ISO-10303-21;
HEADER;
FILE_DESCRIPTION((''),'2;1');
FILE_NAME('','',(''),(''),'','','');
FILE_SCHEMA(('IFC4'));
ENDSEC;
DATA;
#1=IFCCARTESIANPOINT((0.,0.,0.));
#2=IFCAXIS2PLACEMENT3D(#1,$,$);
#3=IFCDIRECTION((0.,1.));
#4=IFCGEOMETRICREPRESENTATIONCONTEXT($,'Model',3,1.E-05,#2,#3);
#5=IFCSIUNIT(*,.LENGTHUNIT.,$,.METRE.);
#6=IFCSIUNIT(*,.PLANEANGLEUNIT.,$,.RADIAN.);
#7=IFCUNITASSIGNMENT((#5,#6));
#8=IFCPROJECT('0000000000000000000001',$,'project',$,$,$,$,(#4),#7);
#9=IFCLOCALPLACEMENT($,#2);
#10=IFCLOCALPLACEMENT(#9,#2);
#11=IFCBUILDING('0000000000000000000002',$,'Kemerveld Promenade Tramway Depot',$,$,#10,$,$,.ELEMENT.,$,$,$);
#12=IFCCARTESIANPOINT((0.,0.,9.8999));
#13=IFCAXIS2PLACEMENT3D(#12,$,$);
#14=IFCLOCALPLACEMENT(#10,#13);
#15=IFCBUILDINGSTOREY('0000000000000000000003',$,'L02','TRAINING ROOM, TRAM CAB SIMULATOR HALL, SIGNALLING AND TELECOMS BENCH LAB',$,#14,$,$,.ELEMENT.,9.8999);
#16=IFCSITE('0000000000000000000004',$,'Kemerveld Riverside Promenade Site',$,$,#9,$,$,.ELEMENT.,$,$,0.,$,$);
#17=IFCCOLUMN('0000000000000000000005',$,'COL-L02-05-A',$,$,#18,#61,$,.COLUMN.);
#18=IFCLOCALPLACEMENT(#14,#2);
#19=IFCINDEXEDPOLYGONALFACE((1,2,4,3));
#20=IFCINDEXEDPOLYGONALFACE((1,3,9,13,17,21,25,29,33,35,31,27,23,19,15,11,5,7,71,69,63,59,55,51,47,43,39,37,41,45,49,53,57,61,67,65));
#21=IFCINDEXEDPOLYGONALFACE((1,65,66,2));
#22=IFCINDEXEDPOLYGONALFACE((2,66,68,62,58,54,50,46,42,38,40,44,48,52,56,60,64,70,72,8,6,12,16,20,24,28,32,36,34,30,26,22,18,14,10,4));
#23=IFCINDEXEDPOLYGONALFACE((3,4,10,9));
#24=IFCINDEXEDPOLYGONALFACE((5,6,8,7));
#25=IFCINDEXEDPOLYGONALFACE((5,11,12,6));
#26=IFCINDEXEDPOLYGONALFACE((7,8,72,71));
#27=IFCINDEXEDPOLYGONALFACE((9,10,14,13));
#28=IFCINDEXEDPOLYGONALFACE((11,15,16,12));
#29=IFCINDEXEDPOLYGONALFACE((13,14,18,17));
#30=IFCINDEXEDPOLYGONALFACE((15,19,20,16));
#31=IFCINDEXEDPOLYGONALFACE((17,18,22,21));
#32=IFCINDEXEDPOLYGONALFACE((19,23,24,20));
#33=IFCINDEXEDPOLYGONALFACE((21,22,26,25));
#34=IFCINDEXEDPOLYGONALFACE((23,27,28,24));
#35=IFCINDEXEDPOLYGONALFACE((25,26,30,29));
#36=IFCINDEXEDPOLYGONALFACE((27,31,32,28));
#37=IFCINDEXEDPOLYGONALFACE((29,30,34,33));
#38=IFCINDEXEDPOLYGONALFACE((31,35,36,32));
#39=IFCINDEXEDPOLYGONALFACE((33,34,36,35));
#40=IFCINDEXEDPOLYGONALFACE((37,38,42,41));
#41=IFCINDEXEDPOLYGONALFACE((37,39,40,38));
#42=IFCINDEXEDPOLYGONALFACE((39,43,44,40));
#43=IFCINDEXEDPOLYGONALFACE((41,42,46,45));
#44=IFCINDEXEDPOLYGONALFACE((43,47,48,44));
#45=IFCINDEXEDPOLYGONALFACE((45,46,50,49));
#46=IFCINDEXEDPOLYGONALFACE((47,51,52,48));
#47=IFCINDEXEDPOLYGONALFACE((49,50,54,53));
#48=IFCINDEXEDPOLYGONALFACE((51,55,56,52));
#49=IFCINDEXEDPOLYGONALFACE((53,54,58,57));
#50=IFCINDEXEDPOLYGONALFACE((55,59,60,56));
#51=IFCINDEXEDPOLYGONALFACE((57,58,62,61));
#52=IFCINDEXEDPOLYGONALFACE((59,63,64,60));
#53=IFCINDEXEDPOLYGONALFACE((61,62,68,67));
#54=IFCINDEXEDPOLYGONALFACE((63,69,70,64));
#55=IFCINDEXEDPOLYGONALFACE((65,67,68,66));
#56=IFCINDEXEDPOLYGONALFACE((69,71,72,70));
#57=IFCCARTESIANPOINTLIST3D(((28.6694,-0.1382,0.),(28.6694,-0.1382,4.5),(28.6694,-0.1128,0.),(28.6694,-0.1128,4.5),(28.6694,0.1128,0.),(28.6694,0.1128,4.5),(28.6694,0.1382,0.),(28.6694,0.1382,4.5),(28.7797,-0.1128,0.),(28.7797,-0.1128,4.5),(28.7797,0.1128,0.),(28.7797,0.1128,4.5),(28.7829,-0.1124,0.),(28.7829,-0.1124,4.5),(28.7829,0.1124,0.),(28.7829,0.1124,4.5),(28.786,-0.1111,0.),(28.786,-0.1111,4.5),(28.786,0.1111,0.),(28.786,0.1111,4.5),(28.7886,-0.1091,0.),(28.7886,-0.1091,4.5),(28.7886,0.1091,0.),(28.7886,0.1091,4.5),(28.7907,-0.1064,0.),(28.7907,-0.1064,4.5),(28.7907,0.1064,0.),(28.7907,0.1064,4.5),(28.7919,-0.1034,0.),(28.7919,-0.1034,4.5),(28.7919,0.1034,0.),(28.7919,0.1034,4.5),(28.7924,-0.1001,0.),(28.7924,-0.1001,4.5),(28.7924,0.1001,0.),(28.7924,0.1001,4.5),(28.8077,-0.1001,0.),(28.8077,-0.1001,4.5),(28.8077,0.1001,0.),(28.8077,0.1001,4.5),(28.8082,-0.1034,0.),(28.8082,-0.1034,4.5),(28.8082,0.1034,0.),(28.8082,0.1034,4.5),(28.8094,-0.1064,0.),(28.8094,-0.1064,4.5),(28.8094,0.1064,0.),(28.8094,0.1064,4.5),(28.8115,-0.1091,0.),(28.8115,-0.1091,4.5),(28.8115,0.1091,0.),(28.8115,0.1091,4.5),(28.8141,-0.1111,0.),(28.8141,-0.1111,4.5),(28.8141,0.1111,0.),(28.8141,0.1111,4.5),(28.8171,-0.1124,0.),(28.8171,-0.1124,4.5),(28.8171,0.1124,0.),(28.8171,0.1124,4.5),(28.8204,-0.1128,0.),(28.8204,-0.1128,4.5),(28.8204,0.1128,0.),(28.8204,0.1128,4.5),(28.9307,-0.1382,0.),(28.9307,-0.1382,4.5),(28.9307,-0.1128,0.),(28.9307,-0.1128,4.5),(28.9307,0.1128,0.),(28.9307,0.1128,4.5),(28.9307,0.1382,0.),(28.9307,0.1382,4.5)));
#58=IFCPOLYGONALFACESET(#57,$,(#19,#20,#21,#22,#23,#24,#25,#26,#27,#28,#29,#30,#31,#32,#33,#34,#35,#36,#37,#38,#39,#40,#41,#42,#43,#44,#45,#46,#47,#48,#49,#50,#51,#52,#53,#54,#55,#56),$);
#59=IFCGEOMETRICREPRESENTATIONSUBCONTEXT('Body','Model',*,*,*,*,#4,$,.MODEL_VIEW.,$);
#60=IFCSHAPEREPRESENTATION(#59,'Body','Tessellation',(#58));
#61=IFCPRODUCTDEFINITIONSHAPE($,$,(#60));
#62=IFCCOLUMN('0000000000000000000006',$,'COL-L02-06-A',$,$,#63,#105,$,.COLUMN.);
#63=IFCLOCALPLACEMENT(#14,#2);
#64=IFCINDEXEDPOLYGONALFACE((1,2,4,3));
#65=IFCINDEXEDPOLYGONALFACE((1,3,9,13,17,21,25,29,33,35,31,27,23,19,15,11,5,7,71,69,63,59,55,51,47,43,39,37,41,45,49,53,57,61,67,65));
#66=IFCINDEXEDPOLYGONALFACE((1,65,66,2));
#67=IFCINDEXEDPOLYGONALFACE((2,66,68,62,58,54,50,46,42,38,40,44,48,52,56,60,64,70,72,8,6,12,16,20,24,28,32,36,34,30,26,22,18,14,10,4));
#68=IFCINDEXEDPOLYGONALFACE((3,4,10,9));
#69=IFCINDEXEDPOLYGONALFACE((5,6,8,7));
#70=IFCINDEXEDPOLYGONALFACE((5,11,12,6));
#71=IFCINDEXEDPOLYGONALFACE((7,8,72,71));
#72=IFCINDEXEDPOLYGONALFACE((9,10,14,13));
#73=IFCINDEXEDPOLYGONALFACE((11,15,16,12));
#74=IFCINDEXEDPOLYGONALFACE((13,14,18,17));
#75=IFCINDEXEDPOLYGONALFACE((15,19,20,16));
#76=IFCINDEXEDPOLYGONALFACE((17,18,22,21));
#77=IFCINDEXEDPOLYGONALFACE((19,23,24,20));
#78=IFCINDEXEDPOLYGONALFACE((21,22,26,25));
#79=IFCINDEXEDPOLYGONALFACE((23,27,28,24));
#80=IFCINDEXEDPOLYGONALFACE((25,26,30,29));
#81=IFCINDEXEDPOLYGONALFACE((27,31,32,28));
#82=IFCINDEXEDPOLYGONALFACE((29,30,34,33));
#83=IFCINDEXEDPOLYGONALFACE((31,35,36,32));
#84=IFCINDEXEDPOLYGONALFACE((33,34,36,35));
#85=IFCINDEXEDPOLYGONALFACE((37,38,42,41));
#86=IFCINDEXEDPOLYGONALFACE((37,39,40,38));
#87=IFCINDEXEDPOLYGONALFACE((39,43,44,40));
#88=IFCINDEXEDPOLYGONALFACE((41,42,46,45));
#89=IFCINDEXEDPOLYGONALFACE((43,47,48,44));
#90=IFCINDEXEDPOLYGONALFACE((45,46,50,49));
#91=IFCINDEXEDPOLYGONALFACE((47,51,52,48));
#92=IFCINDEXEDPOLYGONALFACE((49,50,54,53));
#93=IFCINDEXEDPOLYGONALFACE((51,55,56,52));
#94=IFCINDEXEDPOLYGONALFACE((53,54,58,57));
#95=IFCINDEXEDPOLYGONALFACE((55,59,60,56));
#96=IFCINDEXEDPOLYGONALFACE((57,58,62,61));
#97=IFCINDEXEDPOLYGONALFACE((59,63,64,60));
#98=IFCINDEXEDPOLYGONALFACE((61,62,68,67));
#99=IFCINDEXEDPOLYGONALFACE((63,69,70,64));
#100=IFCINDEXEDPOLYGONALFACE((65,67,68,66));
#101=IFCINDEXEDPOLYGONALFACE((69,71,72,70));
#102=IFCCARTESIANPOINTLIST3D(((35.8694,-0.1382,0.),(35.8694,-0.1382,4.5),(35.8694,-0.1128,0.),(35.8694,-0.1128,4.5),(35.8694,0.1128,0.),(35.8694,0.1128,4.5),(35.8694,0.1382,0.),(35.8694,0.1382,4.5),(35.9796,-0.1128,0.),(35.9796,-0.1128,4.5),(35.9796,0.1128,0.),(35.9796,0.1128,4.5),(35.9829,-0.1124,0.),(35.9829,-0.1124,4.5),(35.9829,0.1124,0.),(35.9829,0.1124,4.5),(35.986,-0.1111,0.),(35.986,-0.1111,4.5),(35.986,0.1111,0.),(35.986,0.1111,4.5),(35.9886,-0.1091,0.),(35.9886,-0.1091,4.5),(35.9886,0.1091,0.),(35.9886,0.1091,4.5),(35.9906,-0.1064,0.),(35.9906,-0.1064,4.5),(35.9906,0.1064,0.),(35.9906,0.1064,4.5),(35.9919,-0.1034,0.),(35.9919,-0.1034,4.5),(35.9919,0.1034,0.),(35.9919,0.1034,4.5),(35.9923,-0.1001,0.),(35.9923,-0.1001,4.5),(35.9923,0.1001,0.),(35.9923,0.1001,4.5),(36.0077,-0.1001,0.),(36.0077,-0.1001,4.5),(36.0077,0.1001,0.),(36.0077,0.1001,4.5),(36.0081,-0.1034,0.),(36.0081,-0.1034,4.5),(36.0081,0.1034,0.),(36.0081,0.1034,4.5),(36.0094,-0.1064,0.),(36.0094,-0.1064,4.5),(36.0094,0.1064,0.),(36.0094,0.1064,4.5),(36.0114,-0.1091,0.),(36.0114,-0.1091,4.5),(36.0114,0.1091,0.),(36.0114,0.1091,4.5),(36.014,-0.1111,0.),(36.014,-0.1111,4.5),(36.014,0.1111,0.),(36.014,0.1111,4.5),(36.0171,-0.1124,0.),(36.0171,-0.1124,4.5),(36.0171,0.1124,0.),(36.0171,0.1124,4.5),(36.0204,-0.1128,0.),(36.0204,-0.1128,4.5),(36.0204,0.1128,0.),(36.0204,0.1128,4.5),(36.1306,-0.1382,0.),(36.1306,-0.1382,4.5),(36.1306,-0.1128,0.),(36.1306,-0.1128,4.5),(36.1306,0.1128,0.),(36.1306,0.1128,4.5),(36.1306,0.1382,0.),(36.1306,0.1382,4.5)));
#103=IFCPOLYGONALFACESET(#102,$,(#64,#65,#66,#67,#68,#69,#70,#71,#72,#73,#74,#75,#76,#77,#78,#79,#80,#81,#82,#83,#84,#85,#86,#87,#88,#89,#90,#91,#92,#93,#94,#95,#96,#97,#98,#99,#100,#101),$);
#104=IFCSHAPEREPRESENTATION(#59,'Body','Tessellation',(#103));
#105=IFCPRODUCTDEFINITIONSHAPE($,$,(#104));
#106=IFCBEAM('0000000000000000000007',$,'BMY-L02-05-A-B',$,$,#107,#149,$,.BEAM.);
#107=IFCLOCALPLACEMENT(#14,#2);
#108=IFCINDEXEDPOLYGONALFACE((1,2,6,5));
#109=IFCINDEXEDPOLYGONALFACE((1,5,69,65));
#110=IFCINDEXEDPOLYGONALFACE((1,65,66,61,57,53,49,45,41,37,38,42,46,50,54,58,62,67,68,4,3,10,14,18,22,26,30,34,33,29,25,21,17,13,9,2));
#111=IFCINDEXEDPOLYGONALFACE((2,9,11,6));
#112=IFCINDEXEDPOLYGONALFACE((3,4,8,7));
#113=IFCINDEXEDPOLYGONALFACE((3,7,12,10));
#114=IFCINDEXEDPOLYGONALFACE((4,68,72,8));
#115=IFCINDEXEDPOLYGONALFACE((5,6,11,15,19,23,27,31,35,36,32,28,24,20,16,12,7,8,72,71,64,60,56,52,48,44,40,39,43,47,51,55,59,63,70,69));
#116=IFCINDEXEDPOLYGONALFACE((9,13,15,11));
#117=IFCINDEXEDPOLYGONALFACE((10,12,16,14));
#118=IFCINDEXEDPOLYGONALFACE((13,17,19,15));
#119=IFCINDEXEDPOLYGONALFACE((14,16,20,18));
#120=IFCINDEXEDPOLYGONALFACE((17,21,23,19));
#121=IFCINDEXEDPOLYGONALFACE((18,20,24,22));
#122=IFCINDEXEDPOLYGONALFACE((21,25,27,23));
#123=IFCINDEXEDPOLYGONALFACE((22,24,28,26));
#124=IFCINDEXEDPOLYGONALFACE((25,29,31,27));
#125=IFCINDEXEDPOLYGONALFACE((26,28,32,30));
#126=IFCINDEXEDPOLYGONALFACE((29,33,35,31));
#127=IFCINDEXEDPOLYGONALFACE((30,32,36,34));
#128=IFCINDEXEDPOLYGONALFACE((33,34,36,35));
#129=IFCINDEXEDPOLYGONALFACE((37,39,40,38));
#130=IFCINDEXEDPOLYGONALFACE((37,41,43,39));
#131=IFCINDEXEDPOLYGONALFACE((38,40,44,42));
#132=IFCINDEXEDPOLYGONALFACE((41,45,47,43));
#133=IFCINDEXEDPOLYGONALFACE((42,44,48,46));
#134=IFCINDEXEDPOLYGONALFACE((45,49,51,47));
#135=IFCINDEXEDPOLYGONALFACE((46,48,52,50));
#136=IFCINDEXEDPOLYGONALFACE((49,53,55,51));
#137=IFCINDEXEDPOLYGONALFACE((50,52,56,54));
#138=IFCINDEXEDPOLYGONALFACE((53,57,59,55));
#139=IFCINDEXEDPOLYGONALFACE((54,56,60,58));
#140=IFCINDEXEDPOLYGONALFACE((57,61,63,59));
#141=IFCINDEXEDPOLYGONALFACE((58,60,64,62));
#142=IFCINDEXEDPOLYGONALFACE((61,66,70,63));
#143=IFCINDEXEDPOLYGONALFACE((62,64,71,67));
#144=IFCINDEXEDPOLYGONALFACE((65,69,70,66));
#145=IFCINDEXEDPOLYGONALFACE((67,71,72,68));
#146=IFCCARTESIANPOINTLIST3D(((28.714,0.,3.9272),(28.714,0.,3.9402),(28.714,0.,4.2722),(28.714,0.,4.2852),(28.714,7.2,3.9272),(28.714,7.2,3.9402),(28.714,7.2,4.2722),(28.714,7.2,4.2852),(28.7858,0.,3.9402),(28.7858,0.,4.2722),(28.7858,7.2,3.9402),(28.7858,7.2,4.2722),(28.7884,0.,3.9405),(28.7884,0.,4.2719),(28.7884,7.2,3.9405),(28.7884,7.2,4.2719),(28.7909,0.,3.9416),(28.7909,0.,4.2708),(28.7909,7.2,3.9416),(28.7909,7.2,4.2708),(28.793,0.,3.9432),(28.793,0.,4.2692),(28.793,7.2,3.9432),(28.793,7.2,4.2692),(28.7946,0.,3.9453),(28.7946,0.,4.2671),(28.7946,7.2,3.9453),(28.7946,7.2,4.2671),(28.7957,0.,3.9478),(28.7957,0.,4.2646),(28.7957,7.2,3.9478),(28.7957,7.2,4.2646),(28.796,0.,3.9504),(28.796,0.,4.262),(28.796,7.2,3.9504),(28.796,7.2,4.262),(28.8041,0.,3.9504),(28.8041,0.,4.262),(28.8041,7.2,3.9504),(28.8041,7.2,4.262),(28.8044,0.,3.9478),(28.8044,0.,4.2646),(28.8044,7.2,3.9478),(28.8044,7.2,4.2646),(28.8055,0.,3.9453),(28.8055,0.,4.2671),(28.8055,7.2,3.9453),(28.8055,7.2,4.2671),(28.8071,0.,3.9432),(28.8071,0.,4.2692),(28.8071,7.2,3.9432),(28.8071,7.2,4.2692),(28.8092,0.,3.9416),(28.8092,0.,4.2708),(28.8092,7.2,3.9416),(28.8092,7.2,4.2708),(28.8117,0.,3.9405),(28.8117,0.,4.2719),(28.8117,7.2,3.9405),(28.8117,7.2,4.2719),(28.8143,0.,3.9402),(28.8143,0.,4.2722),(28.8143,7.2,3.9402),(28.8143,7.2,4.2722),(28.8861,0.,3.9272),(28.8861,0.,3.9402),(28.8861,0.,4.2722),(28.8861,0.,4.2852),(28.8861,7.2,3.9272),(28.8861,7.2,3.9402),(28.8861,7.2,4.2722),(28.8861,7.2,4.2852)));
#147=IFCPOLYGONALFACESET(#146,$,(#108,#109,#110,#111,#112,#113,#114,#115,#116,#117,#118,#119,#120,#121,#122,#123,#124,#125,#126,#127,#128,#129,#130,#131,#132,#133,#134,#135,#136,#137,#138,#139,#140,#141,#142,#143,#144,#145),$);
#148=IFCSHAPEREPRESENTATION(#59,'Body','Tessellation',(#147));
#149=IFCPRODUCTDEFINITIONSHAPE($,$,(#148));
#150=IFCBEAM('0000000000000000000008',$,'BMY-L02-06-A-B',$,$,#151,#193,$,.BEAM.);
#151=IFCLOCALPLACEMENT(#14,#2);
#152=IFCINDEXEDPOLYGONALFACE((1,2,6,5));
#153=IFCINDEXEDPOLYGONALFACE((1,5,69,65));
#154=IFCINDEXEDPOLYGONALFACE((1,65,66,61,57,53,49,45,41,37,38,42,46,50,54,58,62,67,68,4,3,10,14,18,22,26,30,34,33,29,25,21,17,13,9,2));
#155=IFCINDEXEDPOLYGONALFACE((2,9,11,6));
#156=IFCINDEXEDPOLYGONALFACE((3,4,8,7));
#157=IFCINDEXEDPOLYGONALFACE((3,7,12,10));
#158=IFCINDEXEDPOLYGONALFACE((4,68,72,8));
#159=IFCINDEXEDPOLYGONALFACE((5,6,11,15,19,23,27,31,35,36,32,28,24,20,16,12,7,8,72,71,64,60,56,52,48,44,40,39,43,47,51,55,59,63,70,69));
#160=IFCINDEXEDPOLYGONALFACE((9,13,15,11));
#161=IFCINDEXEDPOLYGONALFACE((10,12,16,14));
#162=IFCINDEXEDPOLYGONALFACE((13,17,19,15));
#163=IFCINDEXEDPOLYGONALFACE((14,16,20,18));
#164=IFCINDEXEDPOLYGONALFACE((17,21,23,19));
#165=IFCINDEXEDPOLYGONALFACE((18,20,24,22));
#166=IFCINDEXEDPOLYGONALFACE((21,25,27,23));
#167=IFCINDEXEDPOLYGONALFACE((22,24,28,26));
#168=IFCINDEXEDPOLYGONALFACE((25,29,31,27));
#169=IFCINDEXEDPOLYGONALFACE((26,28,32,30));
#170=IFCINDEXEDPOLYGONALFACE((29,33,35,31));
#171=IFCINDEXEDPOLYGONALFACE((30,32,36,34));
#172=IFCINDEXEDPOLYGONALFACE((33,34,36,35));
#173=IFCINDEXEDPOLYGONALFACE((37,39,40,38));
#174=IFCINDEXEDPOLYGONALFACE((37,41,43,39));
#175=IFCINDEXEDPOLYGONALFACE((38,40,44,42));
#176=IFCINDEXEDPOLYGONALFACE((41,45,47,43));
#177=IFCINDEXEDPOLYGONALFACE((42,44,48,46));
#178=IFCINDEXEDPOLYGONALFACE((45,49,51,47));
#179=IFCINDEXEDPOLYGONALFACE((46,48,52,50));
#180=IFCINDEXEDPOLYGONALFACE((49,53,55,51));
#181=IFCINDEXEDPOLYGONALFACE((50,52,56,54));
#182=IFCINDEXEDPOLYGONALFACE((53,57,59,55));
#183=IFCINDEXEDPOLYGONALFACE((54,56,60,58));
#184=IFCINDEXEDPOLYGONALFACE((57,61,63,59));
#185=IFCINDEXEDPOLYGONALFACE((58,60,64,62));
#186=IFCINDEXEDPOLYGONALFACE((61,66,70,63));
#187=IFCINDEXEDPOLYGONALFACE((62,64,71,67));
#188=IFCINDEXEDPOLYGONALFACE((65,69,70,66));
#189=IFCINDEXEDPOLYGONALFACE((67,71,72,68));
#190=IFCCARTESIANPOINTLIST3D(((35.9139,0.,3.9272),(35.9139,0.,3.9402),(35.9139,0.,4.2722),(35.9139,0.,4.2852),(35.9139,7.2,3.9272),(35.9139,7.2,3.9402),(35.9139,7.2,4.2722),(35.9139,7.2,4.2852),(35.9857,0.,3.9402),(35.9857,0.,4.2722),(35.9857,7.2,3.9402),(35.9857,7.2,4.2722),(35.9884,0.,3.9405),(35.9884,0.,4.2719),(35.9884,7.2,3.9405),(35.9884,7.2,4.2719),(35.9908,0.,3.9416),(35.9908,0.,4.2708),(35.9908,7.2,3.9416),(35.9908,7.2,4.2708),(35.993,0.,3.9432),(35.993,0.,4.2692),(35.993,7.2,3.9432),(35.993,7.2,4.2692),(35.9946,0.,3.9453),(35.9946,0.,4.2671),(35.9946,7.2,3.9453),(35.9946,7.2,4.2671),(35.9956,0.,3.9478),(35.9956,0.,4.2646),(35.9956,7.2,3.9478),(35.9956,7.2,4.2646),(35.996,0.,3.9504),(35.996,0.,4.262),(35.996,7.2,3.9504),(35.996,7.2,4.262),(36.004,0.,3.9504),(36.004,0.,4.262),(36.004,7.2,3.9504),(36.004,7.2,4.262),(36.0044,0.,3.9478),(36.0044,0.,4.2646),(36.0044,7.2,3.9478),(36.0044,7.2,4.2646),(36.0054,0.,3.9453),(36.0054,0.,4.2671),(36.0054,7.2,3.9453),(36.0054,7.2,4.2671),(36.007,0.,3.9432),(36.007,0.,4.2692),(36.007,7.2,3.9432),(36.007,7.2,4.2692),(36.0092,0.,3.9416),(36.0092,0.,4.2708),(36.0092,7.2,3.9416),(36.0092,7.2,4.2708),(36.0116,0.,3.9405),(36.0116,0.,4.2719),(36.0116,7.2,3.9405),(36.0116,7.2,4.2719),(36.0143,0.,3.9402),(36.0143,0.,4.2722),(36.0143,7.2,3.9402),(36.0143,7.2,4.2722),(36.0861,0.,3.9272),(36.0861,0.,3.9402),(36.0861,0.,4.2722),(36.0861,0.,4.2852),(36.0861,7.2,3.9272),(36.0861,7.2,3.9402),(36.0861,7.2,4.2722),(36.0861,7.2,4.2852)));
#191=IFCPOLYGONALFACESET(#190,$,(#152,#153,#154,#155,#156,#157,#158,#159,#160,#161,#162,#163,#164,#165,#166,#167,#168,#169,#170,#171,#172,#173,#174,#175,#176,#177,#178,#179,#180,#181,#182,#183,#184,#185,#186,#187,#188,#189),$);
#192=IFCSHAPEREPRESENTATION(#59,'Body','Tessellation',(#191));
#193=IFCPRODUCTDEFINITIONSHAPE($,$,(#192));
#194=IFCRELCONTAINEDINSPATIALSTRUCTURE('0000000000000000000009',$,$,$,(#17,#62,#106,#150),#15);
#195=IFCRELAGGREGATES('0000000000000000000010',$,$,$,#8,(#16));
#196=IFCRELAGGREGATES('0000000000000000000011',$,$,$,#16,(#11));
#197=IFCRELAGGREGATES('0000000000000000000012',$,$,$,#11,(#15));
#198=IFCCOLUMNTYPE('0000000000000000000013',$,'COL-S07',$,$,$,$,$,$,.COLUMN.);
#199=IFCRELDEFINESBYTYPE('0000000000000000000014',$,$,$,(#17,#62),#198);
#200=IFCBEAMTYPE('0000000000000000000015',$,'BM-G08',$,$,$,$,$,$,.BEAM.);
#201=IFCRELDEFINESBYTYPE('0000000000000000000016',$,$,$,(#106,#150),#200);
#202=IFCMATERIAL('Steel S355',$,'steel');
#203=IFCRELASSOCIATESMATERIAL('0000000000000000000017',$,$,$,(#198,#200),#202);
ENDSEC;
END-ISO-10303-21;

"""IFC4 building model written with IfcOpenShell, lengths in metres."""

from ifc_helpers import new_model, si_unit, direction, frame, origin, origin_2d, place, context, subcontext, project, spatial, i_section, extrude, material, material_profile, profile_set, type_object, element, save


model = new_model("IFC4")

# Units and contexts
model_context = context("Model", 3, precision=1e-05, world=origin(), true_north=direction((0.0, 1.0)))
body_context = subcontext(model_context, "Body", "Model", "MODEL_VIEW")
ifc_project = project(units=[si_unit("LENGTHUNIT", "METRE"), si_unit("PLANEANGLEUNIT", "RADIAN")], contexts=[model_context])

# Site, building, storey
site_placement = place(None, origin())
site = spatial("IfcSite", under=ifc_project, at=site_placement, Name="Kemerveld Riverside Promenade Site", CompositionType="ELEMENT", RefElevation=0.0)
building_placement = place(site_placement, origin())
building = spatial("IfcBuilding", under=site, at=building_placement, Name="Kemerveld Promenade Tramway Depot", CompositionType="ELEMENT")
storey_placement = place(building_placement, frame((0.0, 0.0, 9.8999)))
storey = spatial("IfcBuildingStorey", under=building, at=storey_placement, Name="L02", Description="TRAINING ROOM, TRAM CAB SIMULATOR HALL, SIGNALLING AND TELECOMS BENCH LAB", CompositionType="ELEMENT", Elevation=9.8999)

# Columns
ifc_material_1 = material(Name="Steel S355", Category="steel")
ifc_material_profile_1 = material_profile(ifc_material_1, i_section(OverallWidth=0.2612, OverallDepth=0.2764, WebThickness=0.0154, FlangeThickness=0.0254, FilletRadius=0.0127, at=origin_2d()), Name="254x254x132 UC")
ifc_profile_set_1 = profile_set([ifc_material_profile_1], Name="Steel S355")
column_type = type_object("IfcColumnType", Name="COL-S07", PredefinedType="COLUMN", material=ifc_profile_set_1)
for number, where, z_axis, x_axis, name in (
    (1, (28.8, 0.0, 0.0), (0.0, 0.0, 1.0), (1.0, 0.0, 0.0), "COL-L02-05-A"),
    (2, (36.0, 0.0, 0.0), (0.0, 0.0, 1.0), (1.0, 0.0, 0.0), "COL-L02-06-A"),
):
    element("IfcColumn", number, at=place(storey_placement, frame(where, z_axis=z_axis, x_axis=x_axis)), inside=storey, type_object=column_type, Name=name, PredefinedType="COLUMN", context=body_context, shape_type="SweptSolid", body=[
        extrude(i_section(OverallWidth=0.2612, OverallDepth=0.2764, WebThickness=0.0154, FlangeThickness=0.0254, FilletRadius=0.0127, at=origin_2d()), origin(), (0.0, 0.0, 1.0), 4.5),
    ])

# Beams
ifc_material_profile_2 = material_profile(ifc_material_1, i_section(OverallWidth=0.1721, OverallDepth=0.3579, WebThickness=0.0081, FlangeThickness=0.0129, FilletRadius=0.0103, at=origin_2d()), Name="356x171x57 UB")
ifc_profile_set_2 = profile_set([ifc_material_profile_2], Name="Steel S355")
beam_type_1 = type_object("IfcBeamType", Name="BM-G08", PredefinedType="BEAM", material=ifc_profile_set_2)
for number, where, z_axis, x_axis, name in (
    (3, (28.8, 0.0, 4.1062), (0.0, 1.0, 0.0), (-1.0, 0.0, 0.0), "BMY-L02-05-A-B"),
    (4, (36.0, 0.0, 4.1062), (0.0, 1.0, 0.0), (-1.0, 0.0, 0.0), "BMY-L02-06-A-B"),
):
    element("IfcBeam", number, at=place(storey_placement, frame(where, z_axis=z_axis, x_axis=x_axis)), inside=storey, type_object=beam_type_1, Name=name, PredefinedType="BEAM", context=body_context, shape_type="SweptSolid", body=[
        extrude(i_section(OverallWidth=0.1721, OverallDepth=0.3579, WebThickness=0.0081, FlangeThickness=0.0129, FilletRadius=0.0103, at=origin_2d()), origin(), (0.0, 0.0, 1.0), 7.2),
    ])

save(model, "model.ifc")
